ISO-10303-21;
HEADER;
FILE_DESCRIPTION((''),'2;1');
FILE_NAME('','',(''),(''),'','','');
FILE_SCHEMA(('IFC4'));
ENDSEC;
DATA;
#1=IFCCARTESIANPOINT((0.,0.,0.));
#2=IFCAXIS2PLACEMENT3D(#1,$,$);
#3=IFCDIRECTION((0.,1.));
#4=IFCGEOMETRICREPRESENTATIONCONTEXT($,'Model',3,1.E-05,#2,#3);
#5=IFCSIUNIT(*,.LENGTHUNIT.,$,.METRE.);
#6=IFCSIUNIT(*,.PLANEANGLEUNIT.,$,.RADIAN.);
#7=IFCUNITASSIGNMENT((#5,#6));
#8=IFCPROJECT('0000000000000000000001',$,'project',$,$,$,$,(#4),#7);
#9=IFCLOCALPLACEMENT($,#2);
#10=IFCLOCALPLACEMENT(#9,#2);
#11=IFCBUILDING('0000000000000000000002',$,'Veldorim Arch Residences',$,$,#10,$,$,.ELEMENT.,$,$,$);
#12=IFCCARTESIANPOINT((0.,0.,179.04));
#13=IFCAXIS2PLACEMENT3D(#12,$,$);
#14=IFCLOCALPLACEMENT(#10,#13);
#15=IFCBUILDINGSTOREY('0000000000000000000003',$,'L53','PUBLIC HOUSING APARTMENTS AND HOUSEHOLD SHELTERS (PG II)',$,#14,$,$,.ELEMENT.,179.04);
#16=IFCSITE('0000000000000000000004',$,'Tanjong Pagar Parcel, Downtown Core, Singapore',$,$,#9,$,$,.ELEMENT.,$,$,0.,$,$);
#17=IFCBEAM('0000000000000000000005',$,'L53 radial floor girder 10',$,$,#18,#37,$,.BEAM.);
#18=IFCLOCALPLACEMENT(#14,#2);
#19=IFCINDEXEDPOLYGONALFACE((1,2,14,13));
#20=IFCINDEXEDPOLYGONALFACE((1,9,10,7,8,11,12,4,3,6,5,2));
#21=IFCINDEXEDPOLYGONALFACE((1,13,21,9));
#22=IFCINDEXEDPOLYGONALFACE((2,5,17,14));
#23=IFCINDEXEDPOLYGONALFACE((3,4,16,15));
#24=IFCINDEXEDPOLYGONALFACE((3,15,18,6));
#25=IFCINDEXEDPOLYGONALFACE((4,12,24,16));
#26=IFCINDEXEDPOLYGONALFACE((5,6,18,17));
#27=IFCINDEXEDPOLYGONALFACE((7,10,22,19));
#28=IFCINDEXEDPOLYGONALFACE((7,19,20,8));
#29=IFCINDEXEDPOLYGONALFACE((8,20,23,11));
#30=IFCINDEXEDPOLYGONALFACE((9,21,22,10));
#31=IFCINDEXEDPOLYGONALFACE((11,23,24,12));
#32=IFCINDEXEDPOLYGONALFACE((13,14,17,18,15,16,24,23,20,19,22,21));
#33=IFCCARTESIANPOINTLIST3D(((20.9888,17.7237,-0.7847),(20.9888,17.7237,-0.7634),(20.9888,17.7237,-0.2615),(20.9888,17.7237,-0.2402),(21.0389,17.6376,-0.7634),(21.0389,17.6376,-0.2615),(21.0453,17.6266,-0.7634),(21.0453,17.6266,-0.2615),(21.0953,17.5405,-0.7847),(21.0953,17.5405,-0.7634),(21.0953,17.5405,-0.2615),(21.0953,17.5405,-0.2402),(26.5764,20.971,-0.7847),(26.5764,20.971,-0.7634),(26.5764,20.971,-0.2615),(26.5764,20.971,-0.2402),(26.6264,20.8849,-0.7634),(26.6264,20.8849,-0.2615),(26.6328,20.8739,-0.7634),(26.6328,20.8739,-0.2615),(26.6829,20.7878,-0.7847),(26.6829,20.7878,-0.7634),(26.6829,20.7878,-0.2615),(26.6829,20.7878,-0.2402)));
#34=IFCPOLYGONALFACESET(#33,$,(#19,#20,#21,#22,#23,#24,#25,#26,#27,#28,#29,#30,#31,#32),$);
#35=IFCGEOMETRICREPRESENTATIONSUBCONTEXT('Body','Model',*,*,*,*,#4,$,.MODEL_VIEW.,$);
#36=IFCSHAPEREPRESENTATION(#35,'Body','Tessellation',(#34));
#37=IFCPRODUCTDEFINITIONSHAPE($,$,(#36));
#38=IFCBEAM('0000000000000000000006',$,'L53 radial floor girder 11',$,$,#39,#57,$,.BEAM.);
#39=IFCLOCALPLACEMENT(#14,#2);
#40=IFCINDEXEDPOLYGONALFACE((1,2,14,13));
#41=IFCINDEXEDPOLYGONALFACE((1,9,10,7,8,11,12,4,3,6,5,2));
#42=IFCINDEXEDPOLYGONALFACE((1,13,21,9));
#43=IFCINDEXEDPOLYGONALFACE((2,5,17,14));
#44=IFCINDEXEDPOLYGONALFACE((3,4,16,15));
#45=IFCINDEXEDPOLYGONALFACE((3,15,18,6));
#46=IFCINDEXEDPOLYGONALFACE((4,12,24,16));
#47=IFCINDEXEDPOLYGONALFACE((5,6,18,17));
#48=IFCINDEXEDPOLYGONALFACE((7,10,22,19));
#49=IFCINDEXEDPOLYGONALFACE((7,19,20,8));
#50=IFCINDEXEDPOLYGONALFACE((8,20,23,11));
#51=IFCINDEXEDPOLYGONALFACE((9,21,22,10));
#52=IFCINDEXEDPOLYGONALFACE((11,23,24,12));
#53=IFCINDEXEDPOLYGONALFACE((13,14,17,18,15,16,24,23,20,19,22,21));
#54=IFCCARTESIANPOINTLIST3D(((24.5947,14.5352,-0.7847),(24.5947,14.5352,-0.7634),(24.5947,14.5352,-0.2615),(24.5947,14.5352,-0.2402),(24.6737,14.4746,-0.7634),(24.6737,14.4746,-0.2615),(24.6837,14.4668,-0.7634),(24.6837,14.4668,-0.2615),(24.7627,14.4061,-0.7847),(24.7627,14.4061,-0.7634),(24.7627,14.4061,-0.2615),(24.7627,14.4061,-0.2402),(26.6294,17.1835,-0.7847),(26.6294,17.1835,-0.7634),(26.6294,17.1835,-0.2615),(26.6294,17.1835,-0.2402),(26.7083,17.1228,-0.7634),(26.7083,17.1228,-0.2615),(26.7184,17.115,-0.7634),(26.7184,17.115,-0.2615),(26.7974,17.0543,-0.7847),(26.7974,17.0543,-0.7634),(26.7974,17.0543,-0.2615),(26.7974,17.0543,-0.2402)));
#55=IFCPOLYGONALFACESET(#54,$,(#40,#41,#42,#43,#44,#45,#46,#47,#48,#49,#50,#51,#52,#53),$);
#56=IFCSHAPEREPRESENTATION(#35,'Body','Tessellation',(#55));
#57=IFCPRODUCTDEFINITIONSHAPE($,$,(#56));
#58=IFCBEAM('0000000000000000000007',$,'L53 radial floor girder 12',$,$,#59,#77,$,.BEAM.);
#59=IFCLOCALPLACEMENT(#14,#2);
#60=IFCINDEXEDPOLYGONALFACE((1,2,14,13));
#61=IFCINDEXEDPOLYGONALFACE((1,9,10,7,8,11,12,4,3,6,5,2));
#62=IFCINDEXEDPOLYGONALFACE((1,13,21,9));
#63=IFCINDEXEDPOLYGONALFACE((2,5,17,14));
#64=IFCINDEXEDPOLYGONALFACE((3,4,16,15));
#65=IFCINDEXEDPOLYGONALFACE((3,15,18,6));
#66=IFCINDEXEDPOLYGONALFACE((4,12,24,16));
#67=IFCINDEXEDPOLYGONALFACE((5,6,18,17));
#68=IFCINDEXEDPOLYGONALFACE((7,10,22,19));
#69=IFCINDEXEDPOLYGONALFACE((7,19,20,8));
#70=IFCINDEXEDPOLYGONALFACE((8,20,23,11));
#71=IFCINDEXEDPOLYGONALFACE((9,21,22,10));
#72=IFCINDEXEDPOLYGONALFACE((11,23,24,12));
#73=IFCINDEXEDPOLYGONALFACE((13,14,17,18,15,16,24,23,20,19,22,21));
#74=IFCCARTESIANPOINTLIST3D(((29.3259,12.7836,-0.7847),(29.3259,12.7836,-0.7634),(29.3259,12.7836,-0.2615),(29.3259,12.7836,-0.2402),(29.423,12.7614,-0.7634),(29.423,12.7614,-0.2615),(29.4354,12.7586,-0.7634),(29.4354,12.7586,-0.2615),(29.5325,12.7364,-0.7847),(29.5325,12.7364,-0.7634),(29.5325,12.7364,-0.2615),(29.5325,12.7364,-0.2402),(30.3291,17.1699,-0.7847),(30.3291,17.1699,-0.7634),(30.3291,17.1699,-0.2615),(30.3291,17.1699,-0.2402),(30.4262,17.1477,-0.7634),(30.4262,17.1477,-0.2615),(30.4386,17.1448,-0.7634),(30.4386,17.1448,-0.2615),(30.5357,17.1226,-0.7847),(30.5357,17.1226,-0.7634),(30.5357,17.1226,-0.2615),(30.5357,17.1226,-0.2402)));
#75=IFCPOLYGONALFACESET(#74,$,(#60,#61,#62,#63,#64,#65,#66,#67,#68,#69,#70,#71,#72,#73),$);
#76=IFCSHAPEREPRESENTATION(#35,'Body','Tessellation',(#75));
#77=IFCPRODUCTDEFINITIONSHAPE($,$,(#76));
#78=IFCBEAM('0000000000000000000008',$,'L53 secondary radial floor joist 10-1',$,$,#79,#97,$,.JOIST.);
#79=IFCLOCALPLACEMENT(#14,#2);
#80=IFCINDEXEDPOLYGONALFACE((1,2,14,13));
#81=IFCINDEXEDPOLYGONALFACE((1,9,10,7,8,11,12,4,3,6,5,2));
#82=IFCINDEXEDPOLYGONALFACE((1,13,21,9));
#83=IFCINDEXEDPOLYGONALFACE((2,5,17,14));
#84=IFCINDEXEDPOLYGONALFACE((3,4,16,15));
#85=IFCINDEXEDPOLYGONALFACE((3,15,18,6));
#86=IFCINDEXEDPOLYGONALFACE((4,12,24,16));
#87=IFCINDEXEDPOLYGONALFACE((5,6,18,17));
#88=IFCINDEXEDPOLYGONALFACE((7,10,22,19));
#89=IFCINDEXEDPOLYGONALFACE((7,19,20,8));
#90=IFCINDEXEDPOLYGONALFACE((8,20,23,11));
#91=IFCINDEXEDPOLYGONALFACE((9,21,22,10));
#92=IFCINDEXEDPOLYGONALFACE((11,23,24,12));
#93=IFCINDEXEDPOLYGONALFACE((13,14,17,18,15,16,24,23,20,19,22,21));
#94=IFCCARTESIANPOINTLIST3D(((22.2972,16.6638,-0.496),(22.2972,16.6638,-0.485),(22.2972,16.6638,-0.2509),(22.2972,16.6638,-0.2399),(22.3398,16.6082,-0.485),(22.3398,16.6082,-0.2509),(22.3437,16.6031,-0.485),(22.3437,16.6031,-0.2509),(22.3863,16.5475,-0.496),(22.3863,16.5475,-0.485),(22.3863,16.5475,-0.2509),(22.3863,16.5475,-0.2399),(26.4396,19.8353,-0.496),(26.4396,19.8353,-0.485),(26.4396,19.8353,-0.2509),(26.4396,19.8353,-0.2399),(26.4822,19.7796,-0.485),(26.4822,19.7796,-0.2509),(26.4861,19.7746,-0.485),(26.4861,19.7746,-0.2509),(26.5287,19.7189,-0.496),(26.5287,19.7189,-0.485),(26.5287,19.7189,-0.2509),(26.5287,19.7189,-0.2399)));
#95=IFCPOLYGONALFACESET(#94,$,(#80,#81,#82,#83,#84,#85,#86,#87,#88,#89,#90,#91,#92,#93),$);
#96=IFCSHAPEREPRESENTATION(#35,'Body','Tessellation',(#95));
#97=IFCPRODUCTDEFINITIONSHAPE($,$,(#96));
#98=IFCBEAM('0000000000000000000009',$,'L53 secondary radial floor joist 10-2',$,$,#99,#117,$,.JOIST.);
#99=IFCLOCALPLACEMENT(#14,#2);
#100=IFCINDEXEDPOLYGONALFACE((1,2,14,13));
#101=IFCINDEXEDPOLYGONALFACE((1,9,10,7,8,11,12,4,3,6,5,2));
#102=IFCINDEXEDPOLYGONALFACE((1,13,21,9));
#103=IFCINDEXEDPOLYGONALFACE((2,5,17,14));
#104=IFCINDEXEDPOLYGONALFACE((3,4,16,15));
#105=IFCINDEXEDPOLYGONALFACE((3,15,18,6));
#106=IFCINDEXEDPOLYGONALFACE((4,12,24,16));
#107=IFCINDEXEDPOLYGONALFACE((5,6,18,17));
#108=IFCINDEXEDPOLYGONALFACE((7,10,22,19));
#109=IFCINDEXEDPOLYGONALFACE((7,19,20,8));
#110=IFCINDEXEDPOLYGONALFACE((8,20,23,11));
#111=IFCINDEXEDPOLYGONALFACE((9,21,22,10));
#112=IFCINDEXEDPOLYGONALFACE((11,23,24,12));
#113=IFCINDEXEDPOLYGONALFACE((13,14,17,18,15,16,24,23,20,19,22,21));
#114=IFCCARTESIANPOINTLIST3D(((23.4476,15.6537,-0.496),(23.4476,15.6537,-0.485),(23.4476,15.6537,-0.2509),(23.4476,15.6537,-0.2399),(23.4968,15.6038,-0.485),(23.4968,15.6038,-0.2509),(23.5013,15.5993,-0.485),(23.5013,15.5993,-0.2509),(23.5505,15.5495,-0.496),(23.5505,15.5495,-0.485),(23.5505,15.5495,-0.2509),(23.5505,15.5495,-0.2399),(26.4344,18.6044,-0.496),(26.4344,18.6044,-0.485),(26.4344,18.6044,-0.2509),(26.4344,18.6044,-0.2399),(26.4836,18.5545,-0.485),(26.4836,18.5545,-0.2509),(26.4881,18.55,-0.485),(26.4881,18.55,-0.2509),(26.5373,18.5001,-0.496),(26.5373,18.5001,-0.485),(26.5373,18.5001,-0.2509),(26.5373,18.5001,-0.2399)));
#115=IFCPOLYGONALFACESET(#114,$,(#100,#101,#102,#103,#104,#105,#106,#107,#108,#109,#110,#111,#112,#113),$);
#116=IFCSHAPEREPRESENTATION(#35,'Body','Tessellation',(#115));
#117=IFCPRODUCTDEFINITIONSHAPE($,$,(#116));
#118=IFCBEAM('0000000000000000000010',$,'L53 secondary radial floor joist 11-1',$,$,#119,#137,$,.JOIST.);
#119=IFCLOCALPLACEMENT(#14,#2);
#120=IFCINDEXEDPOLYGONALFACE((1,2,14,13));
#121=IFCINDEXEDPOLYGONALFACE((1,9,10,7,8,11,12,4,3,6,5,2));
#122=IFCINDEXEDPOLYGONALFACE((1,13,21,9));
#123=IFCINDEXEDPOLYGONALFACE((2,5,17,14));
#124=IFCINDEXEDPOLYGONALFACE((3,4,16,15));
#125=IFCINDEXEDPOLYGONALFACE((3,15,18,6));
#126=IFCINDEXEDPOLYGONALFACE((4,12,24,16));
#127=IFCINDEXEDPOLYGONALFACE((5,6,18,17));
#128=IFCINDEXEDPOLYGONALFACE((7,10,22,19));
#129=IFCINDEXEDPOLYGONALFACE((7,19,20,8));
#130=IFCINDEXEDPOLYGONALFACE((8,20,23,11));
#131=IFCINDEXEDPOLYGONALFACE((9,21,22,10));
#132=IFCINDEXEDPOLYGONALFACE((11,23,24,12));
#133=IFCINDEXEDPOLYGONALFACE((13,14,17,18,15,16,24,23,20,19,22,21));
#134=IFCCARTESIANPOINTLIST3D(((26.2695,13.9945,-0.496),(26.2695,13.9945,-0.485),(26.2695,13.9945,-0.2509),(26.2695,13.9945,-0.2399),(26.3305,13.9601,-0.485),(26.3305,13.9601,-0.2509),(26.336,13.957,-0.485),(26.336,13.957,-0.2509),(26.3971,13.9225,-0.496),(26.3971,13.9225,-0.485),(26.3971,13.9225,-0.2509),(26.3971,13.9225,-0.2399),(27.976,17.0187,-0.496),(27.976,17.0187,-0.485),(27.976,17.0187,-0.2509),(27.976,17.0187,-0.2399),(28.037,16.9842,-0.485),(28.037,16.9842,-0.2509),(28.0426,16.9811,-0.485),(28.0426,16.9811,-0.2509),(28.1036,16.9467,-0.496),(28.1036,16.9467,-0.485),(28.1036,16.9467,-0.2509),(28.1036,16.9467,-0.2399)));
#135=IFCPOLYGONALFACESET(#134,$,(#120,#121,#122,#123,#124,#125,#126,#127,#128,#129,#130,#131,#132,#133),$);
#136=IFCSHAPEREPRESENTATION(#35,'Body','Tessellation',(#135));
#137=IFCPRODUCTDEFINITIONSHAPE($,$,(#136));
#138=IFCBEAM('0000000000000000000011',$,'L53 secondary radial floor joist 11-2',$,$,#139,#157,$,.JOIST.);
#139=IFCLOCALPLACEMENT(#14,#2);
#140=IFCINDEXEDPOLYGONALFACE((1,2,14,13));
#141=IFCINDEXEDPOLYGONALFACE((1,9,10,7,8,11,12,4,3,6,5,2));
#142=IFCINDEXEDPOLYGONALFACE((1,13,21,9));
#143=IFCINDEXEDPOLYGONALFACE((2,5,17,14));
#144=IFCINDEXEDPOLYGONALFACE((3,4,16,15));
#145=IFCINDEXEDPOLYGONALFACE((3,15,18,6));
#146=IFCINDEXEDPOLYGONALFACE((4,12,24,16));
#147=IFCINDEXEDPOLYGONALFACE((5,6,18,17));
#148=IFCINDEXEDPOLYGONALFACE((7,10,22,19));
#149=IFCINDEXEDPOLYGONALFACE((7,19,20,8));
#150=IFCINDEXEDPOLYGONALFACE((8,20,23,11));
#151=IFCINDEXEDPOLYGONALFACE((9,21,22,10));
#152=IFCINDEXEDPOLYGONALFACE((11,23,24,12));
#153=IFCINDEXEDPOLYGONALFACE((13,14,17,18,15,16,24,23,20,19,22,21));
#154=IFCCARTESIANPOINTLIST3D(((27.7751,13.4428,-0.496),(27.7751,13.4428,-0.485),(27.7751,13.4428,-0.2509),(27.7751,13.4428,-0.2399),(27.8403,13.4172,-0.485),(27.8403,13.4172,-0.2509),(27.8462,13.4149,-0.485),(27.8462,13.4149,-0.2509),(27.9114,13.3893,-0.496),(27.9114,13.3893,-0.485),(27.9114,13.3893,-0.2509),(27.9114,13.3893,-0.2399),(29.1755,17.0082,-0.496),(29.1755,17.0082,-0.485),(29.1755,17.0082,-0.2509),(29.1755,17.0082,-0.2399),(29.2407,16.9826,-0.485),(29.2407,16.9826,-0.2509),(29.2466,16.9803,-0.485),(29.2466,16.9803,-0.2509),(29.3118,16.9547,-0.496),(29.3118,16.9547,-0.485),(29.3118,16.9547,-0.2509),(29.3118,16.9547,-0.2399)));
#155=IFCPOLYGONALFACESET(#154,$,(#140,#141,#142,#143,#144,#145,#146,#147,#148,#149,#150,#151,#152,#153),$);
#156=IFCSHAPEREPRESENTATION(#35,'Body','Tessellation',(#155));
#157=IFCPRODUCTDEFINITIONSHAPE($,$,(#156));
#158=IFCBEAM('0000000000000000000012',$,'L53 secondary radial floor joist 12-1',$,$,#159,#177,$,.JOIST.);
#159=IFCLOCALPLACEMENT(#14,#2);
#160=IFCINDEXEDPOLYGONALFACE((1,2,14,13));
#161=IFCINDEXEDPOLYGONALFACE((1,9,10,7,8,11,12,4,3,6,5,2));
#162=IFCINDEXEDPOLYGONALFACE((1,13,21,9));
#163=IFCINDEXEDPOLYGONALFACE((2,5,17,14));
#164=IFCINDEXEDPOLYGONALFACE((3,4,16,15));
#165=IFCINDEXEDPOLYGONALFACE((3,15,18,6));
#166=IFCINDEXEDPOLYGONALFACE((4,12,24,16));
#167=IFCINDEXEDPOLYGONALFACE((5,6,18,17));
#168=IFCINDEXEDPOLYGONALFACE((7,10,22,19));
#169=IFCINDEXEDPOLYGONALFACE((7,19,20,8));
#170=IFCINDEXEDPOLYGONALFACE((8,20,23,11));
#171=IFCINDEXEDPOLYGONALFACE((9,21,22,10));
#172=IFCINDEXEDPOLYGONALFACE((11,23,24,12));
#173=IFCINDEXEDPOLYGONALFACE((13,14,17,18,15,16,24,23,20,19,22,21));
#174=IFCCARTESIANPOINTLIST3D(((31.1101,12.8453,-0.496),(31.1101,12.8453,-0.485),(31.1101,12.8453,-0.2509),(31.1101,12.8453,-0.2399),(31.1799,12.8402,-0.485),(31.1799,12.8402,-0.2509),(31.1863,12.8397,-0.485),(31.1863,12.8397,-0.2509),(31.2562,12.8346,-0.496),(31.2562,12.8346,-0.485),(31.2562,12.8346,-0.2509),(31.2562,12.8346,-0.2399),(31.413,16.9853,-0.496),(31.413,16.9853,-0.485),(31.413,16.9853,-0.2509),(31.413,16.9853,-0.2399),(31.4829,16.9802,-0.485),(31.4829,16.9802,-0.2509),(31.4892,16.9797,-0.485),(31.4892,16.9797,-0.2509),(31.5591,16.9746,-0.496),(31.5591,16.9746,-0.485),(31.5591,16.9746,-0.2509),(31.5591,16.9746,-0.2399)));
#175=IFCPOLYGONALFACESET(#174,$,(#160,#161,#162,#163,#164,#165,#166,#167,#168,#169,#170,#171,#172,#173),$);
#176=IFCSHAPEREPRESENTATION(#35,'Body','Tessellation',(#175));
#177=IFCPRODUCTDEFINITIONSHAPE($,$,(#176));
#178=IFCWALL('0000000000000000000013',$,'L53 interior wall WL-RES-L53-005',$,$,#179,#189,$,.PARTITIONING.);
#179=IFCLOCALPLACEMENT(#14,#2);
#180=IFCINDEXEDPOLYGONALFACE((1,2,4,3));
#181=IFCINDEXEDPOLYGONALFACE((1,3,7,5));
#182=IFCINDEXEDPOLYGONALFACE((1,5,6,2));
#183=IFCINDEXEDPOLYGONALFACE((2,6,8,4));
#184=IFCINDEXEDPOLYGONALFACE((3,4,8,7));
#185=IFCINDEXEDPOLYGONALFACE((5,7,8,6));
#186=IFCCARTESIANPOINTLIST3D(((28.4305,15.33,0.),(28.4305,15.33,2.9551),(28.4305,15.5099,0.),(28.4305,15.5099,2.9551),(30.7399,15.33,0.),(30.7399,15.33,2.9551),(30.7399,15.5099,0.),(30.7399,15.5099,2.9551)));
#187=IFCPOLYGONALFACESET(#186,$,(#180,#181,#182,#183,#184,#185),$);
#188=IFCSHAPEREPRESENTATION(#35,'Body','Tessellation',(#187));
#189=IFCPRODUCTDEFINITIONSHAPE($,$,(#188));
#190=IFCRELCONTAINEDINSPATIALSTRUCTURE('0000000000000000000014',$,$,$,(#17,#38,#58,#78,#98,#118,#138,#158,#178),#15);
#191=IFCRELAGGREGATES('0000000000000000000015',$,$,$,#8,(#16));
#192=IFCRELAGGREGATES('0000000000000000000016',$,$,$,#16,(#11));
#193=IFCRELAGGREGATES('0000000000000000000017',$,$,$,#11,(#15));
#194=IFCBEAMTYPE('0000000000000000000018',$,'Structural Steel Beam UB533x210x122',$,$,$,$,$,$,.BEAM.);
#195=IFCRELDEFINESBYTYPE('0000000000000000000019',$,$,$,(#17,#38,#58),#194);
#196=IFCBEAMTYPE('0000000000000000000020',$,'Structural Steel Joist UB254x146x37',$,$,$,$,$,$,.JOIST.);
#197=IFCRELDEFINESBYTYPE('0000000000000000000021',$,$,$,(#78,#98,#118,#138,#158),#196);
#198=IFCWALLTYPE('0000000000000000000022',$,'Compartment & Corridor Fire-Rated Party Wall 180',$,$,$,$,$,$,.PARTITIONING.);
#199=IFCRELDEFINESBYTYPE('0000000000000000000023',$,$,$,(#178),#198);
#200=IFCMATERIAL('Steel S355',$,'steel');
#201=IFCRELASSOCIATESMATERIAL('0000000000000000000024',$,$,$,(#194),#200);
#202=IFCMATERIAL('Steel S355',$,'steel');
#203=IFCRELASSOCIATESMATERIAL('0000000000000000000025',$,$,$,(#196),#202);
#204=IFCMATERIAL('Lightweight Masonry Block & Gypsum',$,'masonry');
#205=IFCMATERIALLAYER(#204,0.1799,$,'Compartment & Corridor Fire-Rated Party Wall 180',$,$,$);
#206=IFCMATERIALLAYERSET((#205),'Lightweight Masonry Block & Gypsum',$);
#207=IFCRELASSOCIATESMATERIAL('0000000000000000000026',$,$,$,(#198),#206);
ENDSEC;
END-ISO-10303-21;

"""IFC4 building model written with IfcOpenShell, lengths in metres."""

from ifc_helpers import new_model, si_unit, direction, frame, frame_2d, origin, origin_2d, place, context, subcontext, project, spatial, rectangle, i_section, extrude, material, layer, layer_set, material_profile, profile_set, type_object, element, save


model = new_model("IFC4")

# Units and contexts
model_context = context("Model", 3, precision=1e-05, world=origin(), true_north=direction((0.0, 1.0)))
body_context = subcontext(model_context, "Body", "Model", "MODEL_VIEW")
ifc_project = project(units=[si_unit("LENGTHUNIT", "METRE"), si_unit("PLANEANGLEUNIT", "RADIAN")], contexts=[model_context])

# Site, building, storey
site_placement = place(None, origin())
site = spatial("IfcSite", under=ifc_project, at=site_placement, Name="Tanjong Pagar Parcel, Downtown Core, Singapore", CompositionType="ELEMENT", RefElevation=0.0)
building_placement = place(site_placement, origin())
building = spatial("IfcBuilding", under=site, at=building_placement, Name="Veldorim Arch Residences", CompositionType="ELEMENT")
storey_placement = place(building_placement, frame((0.0, 0.0, 179.04)))
storey = spatial("IfcBuildingStorey", under=building, at=storey_placement, Name="L53", Description="PUBLIC HOUSING APARTMENTS AND HOUSEHOLD SHELTERS (PG II)", CompositionType="ELEMENT", Elevation=179.04)

# Beams
ifc_material_1 = material(Name="Steel S355", Category="steel")
ifc_material_profile_1 = material_profile(ifc_material_1, i_section(OverallWidth=0.2119, OverallDepth=0.5444, WebThickness=0.0127, FlangeThickness=0.0212, at=origin_2d()), Name="UB533x210x122")
ifc_profile_set_1 = profile_set([ifc_material_profile_1], Name="Steel S355")
beam_type_1 = type_object("IfcBeamType", Name="Structural Steel Beam UB533x210x122", PredefinedType="BEAM", material=ifc_profile_set_1)
beam_1_placement = place(storey_placement, frame((26.6296, 20.8794, -0.5125), z_axis=(-0.864596, -0.502468, 0.0), x_axis=(0.502468, -0.864596, 0.0)))
element("IfcBeam", 1, at=beam_1_placement, inside=storey, type_object=beam_type_1, Name="L53 radial floor girder 10", PredefinedType="BEAM", context=body_context, shape_type="SweptSolid", body=[
    extrude(i_section(OverallWidth=0.2119, OverallDepth=0.5444, WebThickness=0.0127, FlangeThickness=0.0212, at=origin_2d()), origin(), (0.0, 0.0, 1.0), 6.4626),
])
beam_2_placement = place(storey_placement, frame((26.7134, 17.1189, -0.5125), z_axis=(-0.609258, -0.792972, 0.0), x_axis=(0.792972, -0.609258, 0.0)))
element("IfcBeam", 2, at=beam_2_placement, inside=storey, type_object=beam_type_1, Name="L53 radial floor girder 11", PredefinedType="BEAM", context=body_context, shape_type="SweptSolid", body=[
    extrude(i_section(OverallWidth=0.2119, OverallDepth=0.5444, WebThickness=0.0127, FlangeThickness=0.0212, at=origin_2d()), origin(), (0.0, 0.0, 1.0), 3.3396),
])
beam_3_placement = place(storey_placement, frame((30.4324, 17.1462, -0.5125), z_axis=(-0.222953, -0.974829, 0.0), x_axis=(0.974829, -0.222953, 0.0)))
element("IfcBeam", 3, at=beam_3_placement, inside=storey, type_object=beam_type_1, Name="L53 radial floor girder 12", PredefinedType="BEAM", context=body_context, shape_type="SweptSolid", body=[
    extrude(i_section(OverallWidth=0.2119, OverallDepth=0.5444, WebThickness=0.0127, FlangeThickness=0.0212, at=origin_2d()), origin(), (0.0, 0.0, 1.0), 4.4995),
])
ifc_material_2 = material(Name="Steel S355", Category="steel")
ifc_material_profile_2 = material_profile(ifc_material_2, i_section(OverallWidth=0.1465, OverallDepth=0.2561, WebThickness=0.0063, FlangeThickness=0.011, at=origin_2d()), Name="UB254x146x37")
ifc_profile_set_2 = profile_set([ifc_material_profile_2], Name="Steel S355")
beam_type_2 = type_object("IfcBeamType", Name="Structural Steel Joist UB254x146x37", PredefinedType="JOIST", material=ifc_profile_set_2)
beam_4_placement = place(storey_placement, frame((26.4841, 19.7771, -0.3679), z_axis=(-0.794014, -0.6079, 0.0), x_axis=(0.6079, -0.794014, 0.0)))
element("IfcBeam", 4, at=beam_4_placement, inside=storey, type_object=beam_type_2, Name="L53 secondary radial floor joist 10-1", PredefinedType="JOIST", context=body_context, shape_type="SweptSolid", body=[
    extrude(i_section(OverallWidth=0.1465, OverallDepth=0.2561, WebThickness=0.0063, FlangeThickness=0.011, at=origin_2d()), origin(), (0.0, 0.0, 1.0), 5.217),
])
beam_5_placement = place(storey_placement, frame((26.4858, 18.5522, -0.3679), z_axis=(-0.711397, -0.702791, 0.0), x_axis=(0.702791, -0.711397, 0.0)))
element("IfcBeam", 5, at=beam_5_placement, inside=storey, type_object=beam_type_2, Name="L53 secondary radial floor joist 10-2", PredefinedType="JOIST", context=body_context, shape_type="SweptSolid", body=[
    extrude(i_section(OverallWidth=0.1465, OverallDepth=0.2561, WebThickness=0.0063, FlangeThickness=0.011, at=origin_2d()), origin(), (0.0, 0.0, 1.0), 4.1985),
])
beam_6_placement = place(storey_placement, frame((28.0398, 16.9827, -0.3679), z_axis=(-0.491452, -0.870904, 0.0), x_axis=(0.870904, -0.491452, 0.0)))
element("IfcBeam", 6, at=beam_6_placement, inside=storey, type_object=beam_type_2, Name="L53 secondary radial floor joist 11-1", PredefinedType="JOIST", context=body_context, shape_type="SweptSolid", body=[
    extrude(i_section(OverallWidth=0.1465, OverallDepth=0.2561, WebThickness=0.0063, FlangeThickness=0.011, at=origin_2d()), origin(), (0.0, 0.0, 1.0), 3.4724),
])
beam_7_placement = place(storey_placement, frame((29.2437, 16.9814, -0.3679), z_axis=(-0.365581, -0.930779, 0.0), x_axis=(0.930779, -0.365581, 0.0)))
element("IfcBeam", 7, at=beam_7_placement, inside=storey, type_object=beam_type_2, Name="L53 secondary radial floor joist 11-2", PredefinedType="JOIST", context=body_context, shape_type="SweptSolid", body=[
    extrude(i_section(OverallWidth=0.1465, OverallDepth=0.2561, WebThickness=0.0063, FlangeThickness=0.011, at=origin_2d()), origin(), (0.0, 0.0, 1.0), 3.8306),
])
beam_8_placement = place(storey_placement, frame((31.4861, 16.98, -0.3679), z_axis=(-0.072986, -0.997333, 0.0), x_axis=(0.997333, -0.072986, 0.0)))
element("IfcBeam", 8, at=beam_8_placement, inside=storey, type_object=beam_type_2, Name="L53 secondary radial floor joist 12-1", PredefinedType="JOIST", context=body_context, shape_type="SweptSolid", body=[
    extrude(i_section(OverallWidth=0.1465, OverallDepth=0.2561, WebThickness=0.0063, FlangeThickness=0.011, at=origin_2d()), origin(), (0.0, 0.0, 1.0), 4.1511),
])

# Wall
ifc_material_3 = material(Name="Lightweight Masonry Block & Gypsum", Category="masonry")
ifc_layer_1 = layer(ifc_material_3, 0.1799, Name="Compartment & Corridor Fire-Rated Party Wall 180")
ifc_layer_set_1 = layer_set([ifc_layer_1], Name="Lightweight Masonry Block & Gypsum")
wall_type_1 = type_object("IfcWallType", Name="Compartment & Corridor Fire-Rated Party Wall 180", PredefinedType="PARTITIONING", material=ifc_layer_set_1)
wall_1_placement = place(storey_placement, frame((30.74, 15.4199, 0.0), z_axis=(0.0, 0.0, 1.0), x_axis=(-1.0, 0.0, 0.0)))
element("IfcWall", 9, at=wall_1_placement, inside=storey, type_object=wall_type_1, Name="L53 interior wall WL-RES-L53-005", PredefinedType="PARTITIONING", context=body_context, shape_type="SweptSolid", body=[
    extrude(rectangle(XDim=2.3093, YDim=0.1799, at=frame_2d((1.1548, 0.0))), origin(), (0.0, 0.0, 1.0), 2.9551),
])

save(model, "model.ifc")
